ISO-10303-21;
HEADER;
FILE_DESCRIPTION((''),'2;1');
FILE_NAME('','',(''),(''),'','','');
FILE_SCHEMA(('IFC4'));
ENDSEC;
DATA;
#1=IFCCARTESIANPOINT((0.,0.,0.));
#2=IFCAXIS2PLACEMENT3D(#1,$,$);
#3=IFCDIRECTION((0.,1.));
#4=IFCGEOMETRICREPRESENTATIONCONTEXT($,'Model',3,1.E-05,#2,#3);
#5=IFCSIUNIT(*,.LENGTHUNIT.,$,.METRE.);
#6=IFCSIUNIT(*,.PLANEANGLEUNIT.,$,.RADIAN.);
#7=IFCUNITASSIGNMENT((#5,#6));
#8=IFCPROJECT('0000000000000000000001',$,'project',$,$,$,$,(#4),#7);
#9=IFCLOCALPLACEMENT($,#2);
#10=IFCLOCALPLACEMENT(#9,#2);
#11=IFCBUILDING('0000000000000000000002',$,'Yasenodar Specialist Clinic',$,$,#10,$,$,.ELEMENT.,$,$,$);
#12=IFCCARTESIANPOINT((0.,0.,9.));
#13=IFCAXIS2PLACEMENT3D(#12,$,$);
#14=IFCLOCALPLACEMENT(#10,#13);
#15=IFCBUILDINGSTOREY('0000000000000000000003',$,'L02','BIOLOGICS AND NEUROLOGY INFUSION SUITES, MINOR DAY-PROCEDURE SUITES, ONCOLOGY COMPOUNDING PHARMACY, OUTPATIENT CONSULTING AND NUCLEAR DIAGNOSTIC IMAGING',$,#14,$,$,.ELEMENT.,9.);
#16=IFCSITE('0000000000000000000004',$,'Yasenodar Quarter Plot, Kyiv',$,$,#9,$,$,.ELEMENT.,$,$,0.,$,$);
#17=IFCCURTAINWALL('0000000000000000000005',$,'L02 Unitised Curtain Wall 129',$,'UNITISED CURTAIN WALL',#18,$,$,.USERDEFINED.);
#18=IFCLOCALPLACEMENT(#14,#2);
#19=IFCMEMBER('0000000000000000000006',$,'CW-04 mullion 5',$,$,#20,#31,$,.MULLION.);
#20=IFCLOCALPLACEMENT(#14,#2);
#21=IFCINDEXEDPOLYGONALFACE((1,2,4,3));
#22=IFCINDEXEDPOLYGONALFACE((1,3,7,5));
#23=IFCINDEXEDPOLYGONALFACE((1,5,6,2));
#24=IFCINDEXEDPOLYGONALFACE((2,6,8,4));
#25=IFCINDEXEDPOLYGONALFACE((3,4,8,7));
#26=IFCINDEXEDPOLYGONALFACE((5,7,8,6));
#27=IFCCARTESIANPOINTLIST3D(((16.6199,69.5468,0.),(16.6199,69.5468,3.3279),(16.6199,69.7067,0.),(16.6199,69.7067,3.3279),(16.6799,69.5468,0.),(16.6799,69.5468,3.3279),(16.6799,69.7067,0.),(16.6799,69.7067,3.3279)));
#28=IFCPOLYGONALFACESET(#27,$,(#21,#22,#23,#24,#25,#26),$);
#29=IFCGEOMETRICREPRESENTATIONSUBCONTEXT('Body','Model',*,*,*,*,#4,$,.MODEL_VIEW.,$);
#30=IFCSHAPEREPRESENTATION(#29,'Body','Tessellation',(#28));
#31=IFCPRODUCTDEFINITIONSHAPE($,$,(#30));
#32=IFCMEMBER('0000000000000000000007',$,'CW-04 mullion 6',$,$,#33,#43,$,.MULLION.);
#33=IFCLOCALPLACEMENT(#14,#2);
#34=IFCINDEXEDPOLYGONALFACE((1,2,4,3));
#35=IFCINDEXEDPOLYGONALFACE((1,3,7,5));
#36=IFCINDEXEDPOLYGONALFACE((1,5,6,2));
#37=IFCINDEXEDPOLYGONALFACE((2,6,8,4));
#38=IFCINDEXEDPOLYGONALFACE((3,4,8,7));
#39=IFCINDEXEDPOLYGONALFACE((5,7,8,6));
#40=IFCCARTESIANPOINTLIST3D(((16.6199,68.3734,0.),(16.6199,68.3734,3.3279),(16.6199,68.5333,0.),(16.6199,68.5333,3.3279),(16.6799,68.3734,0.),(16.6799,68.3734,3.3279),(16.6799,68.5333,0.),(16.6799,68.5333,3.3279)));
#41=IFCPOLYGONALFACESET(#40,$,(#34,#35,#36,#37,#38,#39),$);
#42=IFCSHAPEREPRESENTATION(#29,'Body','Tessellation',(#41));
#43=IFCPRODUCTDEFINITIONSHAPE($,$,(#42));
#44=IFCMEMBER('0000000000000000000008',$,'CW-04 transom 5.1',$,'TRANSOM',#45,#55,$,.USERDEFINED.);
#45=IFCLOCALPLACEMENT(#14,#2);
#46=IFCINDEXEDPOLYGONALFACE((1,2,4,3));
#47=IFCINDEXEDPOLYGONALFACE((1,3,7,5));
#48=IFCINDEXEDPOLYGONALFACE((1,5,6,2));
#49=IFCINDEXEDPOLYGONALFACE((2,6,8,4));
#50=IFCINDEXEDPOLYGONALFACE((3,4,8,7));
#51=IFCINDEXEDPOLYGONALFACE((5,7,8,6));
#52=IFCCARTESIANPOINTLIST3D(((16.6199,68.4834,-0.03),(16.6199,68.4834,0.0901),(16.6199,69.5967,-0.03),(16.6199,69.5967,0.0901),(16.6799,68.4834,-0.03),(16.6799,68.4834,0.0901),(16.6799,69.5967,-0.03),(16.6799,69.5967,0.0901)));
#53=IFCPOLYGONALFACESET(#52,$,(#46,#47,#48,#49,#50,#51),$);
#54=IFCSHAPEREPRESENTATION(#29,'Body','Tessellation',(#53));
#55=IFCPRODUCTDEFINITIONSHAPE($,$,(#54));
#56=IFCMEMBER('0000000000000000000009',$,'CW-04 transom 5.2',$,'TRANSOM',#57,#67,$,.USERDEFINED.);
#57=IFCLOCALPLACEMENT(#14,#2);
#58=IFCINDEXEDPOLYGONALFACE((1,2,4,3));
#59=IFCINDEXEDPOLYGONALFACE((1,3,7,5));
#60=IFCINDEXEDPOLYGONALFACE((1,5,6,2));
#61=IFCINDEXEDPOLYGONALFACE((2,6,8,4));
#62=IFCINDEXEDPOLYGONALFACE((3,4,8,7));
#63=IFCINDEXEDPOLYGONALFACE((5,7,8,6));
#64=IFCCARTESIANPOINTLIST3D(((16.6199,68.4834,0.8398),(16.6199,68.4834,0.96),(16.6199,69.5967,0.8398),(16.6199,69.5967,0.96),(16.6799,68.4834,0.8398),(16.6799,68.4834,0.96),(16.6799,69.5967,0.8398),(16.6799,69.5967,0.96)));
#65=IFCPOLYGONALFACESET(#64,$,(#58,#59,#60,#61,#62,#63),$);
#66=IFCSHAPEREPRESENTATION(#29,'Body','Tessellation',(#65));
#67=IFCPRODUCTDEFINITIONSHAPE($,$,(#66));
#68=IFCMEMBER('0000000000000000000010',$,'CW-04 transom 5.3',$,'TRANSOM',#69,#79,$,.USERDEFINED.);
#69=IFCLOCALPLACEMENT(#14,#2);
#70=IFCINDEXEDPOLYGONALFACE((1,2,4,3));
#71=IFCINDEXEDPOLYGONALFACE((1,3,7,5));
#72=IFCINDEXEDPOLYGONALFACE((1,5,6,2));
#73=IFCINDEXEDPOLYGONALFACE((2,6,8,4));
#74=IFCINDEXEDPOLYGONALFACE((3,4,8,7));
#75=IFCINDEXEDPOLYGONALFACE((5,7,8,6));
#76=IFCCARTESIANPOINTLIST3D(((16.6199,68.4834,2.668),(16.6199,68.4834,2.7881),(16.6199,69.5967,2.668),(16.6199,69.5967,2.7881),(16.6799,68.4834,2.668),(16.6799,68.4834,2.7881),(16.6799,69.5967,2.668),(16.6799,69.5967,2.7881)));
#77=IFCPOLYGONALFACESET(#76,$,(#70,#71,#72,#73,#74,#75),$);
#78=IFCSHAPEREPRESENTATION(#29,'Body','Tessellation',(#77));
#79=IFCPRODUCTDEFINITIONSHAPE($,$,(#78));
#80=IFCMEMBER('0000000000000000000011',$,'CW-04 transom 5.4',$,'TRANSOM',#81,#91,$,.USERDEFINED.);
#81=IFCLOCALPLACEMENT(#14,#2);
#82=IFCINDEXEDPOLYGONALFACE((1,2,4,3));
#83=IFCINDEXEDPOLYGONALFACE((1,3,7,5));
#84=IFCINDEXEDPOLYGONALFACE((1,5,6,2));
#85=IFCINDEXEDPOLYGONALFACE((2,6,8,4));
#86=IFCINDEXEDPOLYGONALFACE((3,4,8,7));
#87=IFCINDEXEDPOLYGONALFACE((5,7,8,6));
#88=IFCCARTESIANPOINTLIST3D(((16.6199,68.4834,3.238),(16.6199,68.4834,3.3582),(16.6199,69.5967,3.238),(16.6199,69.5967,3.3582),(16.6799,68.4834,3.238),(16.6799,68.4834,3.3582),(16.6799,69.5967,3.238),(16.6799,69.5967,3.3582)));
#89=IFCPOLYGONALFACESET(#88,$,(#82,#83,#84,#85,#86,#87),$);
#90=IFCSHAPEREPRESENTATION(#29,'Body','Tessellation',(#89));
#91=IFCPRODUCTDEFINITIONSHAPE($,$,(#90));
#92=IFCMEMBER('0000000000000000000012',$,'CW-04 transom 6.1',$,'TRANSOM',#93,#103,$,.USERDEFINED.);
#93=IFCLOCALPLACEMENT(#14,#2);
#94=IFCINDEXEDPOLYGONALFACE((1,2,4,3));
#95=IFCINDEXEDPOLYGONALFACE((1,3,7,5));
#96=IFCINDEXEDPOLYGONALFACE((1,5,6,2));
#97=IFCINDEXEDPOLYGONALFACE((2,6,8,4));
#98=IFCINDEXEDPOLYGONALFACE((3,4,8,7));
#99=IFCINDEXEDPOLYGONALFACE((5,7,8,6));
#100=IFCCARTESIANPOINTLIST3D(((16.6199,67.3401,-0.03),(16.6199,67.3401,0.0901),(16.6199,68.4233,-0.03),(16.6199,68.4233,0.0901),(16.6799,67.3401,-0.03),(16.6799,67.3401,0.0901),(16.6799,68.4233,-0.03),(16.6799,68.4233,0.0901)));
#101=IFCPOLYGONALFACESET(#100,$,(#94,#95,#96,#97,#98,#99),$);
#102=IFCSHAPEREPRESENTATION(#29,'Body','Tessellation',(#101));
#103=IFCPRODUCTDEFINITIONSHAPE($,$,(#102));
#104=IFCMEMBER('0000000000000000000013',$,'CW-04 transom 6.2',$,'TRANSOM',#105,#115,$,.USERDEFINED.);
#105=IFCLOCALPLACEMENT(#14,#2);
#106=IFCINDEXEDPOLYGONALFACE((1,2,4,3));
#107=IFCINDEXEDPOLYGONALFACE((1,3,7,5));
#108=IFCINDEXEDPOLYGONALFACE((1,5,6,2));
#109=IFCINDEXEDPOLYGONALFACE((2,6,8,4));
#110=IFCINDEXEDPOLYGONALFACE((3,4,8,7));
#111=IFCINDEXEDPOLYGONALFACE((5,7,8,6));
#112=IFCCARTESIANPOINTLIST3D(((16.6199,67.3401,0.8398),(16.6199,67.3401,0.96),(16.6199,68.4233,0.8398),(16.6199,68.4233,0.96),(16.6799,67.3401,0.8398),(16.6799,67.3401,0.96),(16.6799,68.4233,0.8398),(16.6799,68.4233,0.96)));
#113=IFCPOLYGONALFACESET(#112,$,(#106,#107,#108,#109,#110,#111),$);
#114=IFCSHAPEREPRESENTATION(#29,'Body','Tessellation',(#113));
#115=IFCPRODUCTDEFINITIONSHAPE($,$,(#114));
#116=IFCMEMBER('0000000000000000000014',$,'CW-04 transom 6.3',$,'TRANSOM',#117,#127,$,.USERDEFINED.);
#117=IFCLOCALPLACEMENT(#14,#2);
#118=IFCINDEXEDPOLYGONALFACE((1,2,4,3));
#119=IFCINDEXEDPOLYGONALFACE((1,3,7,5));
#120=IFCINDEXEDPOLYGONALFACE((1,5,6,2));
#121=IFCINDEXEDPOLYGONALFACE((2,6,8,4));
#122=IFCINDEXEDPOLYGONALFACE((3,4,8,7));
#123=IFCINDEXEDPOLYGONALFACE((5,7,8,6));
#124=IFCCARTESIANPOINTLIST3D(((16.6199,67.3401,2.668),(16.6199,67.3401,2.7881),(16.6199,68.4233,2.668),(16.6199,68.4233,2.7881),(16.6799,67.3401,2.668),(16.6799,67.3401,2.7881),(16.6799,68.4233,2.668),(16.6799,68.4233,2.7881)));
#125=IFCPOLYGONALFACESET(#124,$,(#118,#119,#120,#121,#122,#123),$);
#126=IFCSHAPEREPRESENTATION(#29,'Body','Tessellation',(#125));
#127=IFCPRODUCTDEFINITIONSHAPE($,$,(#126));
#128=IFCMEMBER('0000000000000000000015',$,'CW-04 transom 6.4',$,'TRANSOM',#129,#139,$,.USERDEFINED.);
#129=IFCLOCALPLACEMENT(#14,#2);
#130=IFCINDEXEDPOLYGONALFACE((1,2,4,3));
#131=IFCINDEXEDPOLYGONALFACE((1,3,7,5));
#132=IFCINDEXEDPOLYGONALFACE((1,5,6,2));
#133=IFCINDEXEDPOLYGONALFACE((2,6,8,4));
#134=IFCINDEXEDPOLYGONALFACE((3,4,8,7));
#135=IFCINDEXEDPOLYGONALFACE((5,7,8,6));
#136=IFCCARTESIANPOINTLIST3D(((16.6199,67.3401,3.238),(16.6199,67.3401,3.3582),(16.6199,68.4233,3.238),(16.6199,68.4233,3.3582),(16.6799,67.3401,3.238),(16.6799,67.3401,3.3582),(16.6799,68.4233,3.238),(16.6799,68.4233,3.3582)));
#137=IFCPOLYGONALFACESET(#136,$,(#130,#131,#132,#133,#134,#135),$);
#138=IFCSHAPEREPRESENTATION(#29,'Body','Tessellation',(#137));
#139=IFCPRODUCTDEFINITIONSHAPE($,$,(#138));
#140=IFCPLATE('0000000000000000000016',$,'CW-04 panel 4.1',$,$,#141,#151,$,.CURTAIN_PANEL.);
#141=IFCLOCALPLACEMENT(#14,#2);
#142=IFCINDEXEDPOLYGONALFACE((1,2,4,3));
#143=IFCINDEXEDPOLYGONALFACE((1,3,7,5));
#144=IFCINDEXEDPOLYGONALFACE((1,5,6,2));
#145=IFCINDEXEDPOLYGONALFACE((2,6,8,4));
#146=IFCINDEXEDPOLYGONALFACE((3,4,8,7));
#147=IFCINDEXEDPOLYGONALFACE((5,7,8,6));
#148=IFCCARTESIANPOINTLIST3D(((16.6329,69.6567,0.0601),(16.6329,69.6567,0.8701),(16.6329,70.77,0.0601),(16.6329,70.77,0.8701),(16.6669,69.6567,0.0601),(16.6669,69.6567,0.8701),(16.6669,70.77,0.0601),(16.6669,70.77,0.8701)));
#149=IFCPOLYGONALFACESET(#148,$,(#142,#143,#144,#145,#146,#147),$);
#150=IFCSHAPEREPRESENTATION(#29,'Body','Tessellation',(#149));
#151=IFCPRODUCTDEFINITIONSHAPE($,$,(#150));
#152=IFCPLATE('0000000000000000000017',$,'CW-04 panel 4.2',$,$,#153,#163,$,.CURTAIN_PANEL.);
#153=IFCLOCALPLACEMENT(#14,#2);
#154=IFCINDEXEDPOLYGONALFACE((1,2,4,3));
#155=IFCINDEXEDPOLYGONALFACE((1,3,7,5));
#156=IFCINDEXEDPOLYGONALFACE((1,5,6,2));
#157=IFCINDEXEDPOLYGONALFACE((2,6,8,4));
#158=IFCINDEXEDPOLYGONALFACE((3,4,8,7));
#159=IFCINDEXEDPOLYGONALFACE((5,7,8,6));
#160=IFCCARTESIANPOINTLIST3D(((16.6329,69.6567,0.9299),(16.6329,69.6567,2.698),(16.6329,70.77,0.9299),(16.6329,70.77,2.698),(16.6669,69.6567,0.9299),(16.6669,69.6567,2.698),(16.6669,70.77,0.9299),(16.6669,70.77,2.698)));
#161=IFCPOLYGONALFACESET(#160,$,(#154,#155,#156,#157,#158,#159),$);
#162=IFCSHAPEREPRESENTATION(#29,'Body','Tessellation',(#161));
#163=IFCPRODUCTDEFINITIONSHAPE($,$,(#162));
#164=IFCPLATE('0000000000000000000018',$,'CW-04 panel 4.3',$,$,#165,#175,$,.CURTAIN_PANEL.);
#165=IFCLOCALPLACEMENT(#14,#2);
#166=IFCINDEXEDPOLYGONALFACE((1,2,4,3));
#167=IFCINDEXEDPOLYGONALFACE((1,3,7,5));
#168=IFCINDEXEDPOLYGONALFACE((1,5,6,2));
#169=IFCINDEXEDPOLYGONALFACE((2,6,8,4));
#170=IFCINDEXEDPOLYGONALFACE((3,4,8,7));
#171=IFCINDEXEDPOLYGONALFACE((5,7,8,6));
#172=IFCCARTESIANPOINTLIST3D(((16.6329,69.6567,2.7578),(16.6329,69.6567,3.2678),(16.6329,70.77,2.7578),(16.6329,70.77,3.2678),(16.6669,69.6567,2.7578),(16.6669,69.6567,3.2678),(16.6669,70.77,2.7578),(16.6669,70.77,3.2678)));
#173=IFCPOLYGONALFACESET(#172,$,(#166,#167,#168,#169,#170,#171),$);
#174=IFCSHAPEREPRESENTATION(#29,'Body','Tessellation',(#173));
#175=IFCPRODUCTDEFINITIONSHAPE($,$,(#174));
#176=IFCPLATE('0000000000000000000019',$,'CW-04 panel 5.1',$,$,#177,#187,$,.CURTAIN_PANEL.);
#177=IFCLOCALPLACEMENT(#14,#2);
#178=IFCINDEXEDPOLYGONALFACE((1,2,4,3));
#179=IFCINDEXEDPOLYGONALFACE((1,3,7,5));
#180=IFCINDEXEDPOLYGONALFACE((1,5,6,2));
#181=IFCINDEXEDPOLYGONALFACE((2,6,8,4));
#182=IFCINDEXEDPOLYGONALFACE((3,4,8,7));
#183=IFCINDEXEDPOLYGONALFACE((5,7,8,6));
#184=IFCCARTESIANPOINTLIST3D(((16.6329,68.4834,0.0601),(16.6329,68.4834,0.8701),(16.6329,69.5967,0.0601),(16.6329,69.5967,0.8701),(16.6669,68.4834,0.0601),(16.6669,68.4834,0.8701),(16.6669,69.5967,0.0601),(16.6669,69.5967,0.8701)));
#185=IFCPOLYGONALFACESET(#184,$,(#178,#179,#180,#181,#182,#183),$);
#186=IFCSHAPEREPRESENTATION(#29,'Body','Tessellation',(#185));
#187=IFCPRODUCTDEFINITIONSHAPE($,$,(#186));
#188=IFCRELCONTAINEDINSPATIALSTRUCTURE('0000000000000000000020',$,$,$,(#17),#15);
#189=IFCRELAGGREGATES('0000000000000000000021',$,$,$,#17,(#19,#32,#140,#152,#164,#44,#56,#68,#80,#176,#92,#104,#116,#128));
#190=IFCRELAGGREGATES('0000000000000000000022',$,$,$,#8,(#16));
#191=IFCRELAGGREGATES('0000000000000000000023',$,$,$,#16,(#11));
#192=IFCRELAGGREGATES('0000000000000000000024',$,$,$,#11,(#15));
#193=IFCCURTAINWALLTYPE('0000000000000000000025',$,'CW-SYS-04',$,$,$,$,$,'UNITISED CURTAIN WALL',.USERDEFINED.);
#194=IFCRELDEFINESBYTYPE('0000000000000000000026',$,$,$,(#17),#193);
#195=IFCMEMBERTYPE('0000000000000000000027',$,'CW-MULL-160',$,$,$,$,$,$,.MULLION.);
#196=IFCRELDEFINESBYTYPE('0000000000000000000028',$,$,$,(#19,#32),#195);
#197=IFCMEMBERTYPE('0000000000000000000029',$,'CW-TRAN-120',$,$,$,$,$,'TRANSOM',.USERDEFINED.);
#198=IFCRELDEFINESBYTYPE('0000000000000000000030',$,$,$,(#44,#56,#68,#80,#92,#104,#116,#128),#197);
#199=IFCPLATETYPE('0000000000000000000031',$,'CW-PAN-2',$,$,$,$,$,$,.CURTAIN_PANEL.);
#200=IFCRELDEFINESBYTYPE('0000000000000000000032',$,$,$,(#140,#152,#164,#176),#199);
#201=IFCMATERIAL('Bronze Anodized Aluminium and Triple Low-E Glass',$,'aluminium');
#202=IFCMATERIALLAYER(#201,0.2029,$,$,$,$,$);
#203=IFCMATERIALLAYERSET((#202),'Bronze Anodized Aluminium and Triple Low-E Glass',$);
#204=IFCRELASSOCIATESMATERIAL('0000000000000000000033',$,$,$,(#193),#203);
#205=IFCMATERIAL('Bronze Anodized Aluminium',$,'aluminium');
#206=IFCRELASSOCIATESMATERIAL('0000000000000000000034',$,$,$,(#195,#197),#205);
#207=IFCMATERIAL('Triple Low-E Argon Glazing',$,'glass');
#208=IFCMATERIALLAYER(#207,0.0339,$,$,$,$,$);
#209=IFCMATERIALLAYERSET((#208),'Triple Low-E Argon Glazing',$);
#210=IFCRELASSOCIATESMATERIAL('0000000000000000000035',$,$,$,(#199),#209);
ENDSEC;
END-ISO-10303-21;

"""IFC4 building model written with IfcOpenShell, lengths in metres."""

from ifc_helpers import new_model, si_unit, direction, frame, origin, origin_2d, place, context, subcontext, project, spatial, rectangle, extrude, material, layer, layer_set, material_profile, profile_set, type_object, element, aggregate, save


model = new_model("IFC4")

# Units and contexts
model_context = context("Model", 3, precision=1e-05, world=origin(), true_north=direction((0.0, 1.0)))
body_context = subcontext(model_context, "Body", "Model", "MODEL_VIEW")
ifc_project = project(units=[si_unit("LENGTHUNIT", "METRE"), si_unit("PLANEANGLEUNIT", "RADIAN")], contexts=[model_context])

# Site, building, storey
site_placement = place(None, origin())
site = spatial("IfcSite", under=ifc_project, at=site_placement, Name="Yasenodar Quarter Plot, Kyiv", CompositionType="ELEMENT", RefElevation=0.0)
building_placement = place(site_placement, origin())
building = spatial("IfcBuilding", under=site, at=building_placement, Name="Yasenodar Specialist Clinic", CompositionType="ELEMENT")
storey_placement = place(building_placement, frame((0.0, 0.0, 9.0)))
storey = spatial("IfcBuildingStorey", under=building, at=storey_placement, Name="L02", Description="BIOLOGICS AND NEUROLOGY INFUSION SUITES, MINOR DAY-PROCEDURE SUITES, ONCOLOGY COMPOUNDING PHARMACY, OUTPATIENT CONSULTING AND NUCLEAR DIAGNOSTIC IMAGING", CompositionType="ELEMENT", Elevation=9.0)

# Curtain wall, members, plates
ifc_material_1 = material(Name="Bronze Anodized Aluminium and Triple Low-E Glass", Category="aluminium")
ifc_layer_1 = layer(ifc_material_1, 0.2029)
ifc_layer_set_1 = layer_set([ifc_layer_1], Name="Bronze Anodized Aluminium and Triple Low-E Glass")
curtain_wall_type = type_object("IfcCurtainWallType", Name="CW-SYS-04", ElementType="UNITISED CURTAIN WALL", PredefinedType="USERDEFINED", material=ifc_layer_set_1)
curtain_wall_placement = place(storey_placement, origin())
curtain_wall = element("IfcCurtainWall", 1, at=curtain_wall_placement, inside=storey, type_object=curtain_wall_type, Name="L02 Unitised Curtain Wall 129", ObjectType="UNITISED CURTAIN WALL", PredefinedType="USERDEFINED")
ifc_material_2 = material(Name="Bronze Anodized Aluminium", Category="aluminium")
ifc_material_profile_1 = material_profile(ifc_material_2, rectangle(XDim=0.0601, YDim=0.1599, at=origin_2d()), Name="CW-MULL 60x160")
ifc_profile_set_1 = profile_set([ifc_material_profile_1], Name="Bronze Anodized Aluminium")
member_type_1 = type_object("IfcMemberType", Name="CW-MULL-160", PredefinedType="MULLION", material=ifc_profile_set_1)
member_1_placement = place(storey_placement, frame((16.6499, 69.6267, 0.0), z_axis=(0.0, 0.0, 1.0), x_axis=(1.0, 0.0, 0.0)))
member_1 = element("IfcMember", 2, at=member_1_placement, type_object=member_type_1, Name="CW-04 mullion 5", PredefinedType="MULLION", context=body_context, shape_type="SweptSolid", body=[
    extrude(rectangle(XDim=0.0601, YDim=0.1599, at=origin_2d()), origin(), (0.0, 0.0, 1.0), 3.3279),
])
member_2_placement = place(storey_placement, frame((16.6499, 68.4534, 0.0), z_axis=(0.0, 0.0, 1.0), x_axis=(1.0, 0.0, 0.0)))
member_2 = element("IfcMember", 3, at=member_2_placement, type_object=member_type_1, Name="CW-04 mullion 6", PredefinedType="MULLION", context=body_context, shape_type="SweptSolid", body=[
    extrude(rectangle(XDim=0.0601, YDim=0.1599, at=origin_2d()), origin(), (0.0, 0.0, 1.0), 3.3279),
])
ifc_material_profile_2 = material_profile(ifc_material_2, rectangle(XDim=0.0601, YDim=0.1201, at=origin_2d()), Name="CW-TRAN 60x120")
ifc_profile_set_2 = profile_set([ifc_material_profile_2], Name="Bronze Anodized Aluminium")
member_type_2 = type_object("IfcMemberType", Name="CW-TRAN-120", ElementType="TRANSOM", PredefinedType="USERDEFINED", material=ifc_profile_set_2)
member_3_placement = place(storey_placement, frame((16.6499, 69.5967, 0.03), z_axis=(0.0, -1.0, 0.0), x_axis=(1.0, 0.0, 0.0)))
member_3 = element("IfcMember", 4, at=member_3_placement, type_object=member_type_2, Name="CW-04 transom 5.1", ObjectType="TRANSOM", PredefinedType="USERDEFINED", context=body_context, shape_type="SweptSolid", body=[
    extrude(rectangle(XDim=0.0601, YDim=0.1201, at=origin_2d()), origin(), (0.0, 0.0, 1.0), 1.1133),
])
member_4_placement = place(storey_placement, frame((16.6499, 69.5967, 0.8999), z_axis=(0.0, -1.0, 0.0), x_axis=(1.0, 0.0, 0.0)))
member_4 = element("IfcMember", 5, at=member_4_placement, type_object=member_type_2, Name="CW-04 transom 5.2", ObjectType="TRANSOM", PredefinedType="USERDEFINED", context=body_context, shape_type="SweptSolid", body=[
    extrude(rectangle(XDim=0.0601, YDim=0.1201, at=origin_2d()), origin(), (0.0, 0.0, 1.0), 1.1133),
])
member_5_placement = place(storey_placement, frame((16.6499, 69.5967, 2.728), z_axis=(0.0, -1.0, 0.0), x_axis=(1.0, 0.0, 0.0)))
member_5 = element("IfcMember", 6, at=member_5_placement, type_object=member_type_2, Name="CW-04 transom 5.3", ObjectType="TRANSOM", PredefinedType="USERDEFINED", context=body_context, shape_type="SweptSolid", body=[
    extrude(rectangle(XDim=0.0601, YDim=0.1201, at=origin_2d()), origin(), (0.0, 0.0, 1.0), 1.1133),
])
member_6_placement = place(storey_placement, frame((16.6499, 69.5967, 3.2981), z_axis=(0.0, -1.0, 0.0), x_axis=(1.0, 0.0, 0.0)))
member_6 = element("IfcMember", 7, at=member_6_placement, type_object=member_type_2, Name="CW-04 transom 5.4", ObjectType="TRANSOM", PredefinedType="USERDEFINED", context=body_context, shape_type="SweptSolid", body=[
    extrude(rectangle(XDim=0.0601, YDim=0.1201, at=origin_2d()), origin(), (0.0, 0.0, 1.0), 1.1133),
])
member_7_placement = place(storey_placement, frame((16.6499, 68.4233, 0.03), z_axis=(0.0, -1.0, 0.0), x_axis=(1.0, 0.0, 0.0)))
member_7 = element("IfcMember", 8, at=member_7_placement, type_object=member_type_2, Name="CW-04 transom 6.1", ObjectType="TRANSOM", PredefinedType="USERDEFINED", context=body_context, shape_type="SweptSolid", body=[
    extrude(rectangle(XDim=0.0601, YDim=0.1201, at=origin_2d()), origin(), (0.0, 0.0, 1.0), 1.0833),
])
member_8_placement = place(storey_placement, frame((16.6499, 68.4233, 0.8999), z_axis=(0.0, -1.0, 0.0), x_axis=(1.0, 0.0, 0.0)))
member_8 = element("IfcMember", 9, at=member_8_placement, type_object=member_type_2, Name="CW-04 transom 6.2", ObjectType="TRANSOM", PredefinedType="USERDEFINED", context=body_context, shape_type="SweptSolid", body=[
    extrude(rectangle(XDim=0.0601, YDim=0.1201, at=origin_2d()), origin(), (0.0, 0.0, 1.0), 1.0833),
])
member_9_placement = place(storey_placement, frame((16.6499, 68.4233, 2.728), z_axis=(0.0, -1.0, 0.0), x_axis=(1.0, 0.0, 0.0)))
member_9 = element("IfcMember", 10, at=member_9_placement, type_object=member_type_2, Name="CW-04 transom 6.3", ObjectType="TRANSOM", PredefinedType="USERDEFINED", context=body_context, shape_type="SweptSolid", body=[
    extrude(rectangle(XDim=0.0601, YDim=0.1201, at=origin_2d()), origin(), (0.0, 0.0, 1.0), 1.0833),
])
member_10_placement = place(storey_placement, frame((16.6499, 68.4233, 3.2981), z_axis=(0.0, -1.0, 0.0), x_axis=(1.0, 0.0, 0.0)))
member_10 = element("IfcMember", 11, at=member_10_placement, type_object=member_type_2, Name="CW-04 transom 6.4", ObjectType="TRANSOM", PredefinedType="USERDEFINED", context=body_context, shape_type="SweptSolid", body=[
    extrude(rectangle(XDim=0.0601, YDim=0.1201, at=origin_2d()), origin(), (0.0, 0.0, 1.0), 1.0833),
])
ifc_material_3 = material(Name="Triple Low-E Argon Glazing", Category="glass")
ifc_layer_2 = layer(ifc_material_3, 0.0339)
ifc_layer_set_2 = layer_set([ifc_layer_2], Name="Triple Low-E Argon Glazing")
plate_type = type_object("IfcPlateType", Name="CW-PAN-2", PredefinedType="CURTAIN_PANEL", material=ifc_layer_set_2)
plate_1_placement = place(storey_placement, frame((16.6499, 70.2134, 0.0601), z_axis=(0.0, 0.0, 1.0), x_axis=(0.0, -1.0, 0.0)))
plate_1 = element("IfcPlate", 12, at=plate_1_placement, type_object=plate_type, Name="CW-04 panel 4.1", PredefinedType="CURTAIN_PANEL", context=body_context, shape_type="SweptSolid", body=[
    extrude(rectangle(XDim=1.1133, YDim=0.0339, at=origin_2d()), origin(), (0.0, 0.0, 1.0), 0.8101),
])
plate_2_placement = place(storey_placement, frame((16.6499, 70.2134, 0.9299), z_axis=(0.0, 0.0, 1.0), x_axis=(0.0, -1.0, 0.0)))
plate_2 = element("IfcPlate", 13, at=plate_2_placement, type_object=plate_type, Name="CW-04 panel 4.2", PredefinedType="CURTAIN_PANEL", context=body_context, shape_type="SweptSolid", body=[
    extrude(rectangle(XDim=1.1133, YDim=0.0339, at=origin_2d()), origin(), (0.0, 0.0, 1.0), 1.7681),
])
plate_3_placement = place(storey_placement, frame((16.6499, 70.2134, 2.7578), z_axis=(0.0, 0.0, 1.0), x_axis=(0.0, -1.0, 0.0)))
plate_3 = element("IfcPlate", 14, at=plate_3_placement, type_object=plate_type, Name="CW-04 panel 4.3", PredefinedType="CURTAIN_PANEL", context=body_context, shape_type="SweptSolid", body=[
    extrude(rectangle(XDim=1.1133, YDim=0.0339, at=origin_2d()), origin(), (0.0, 0.0, 1.0), 0.51),
])
plate_4_placement = place(storey_placement, frame((16.6499, 69.04, 0.0601), z_axis=(0.0, 0.0, 1.0), x_axis=(0.0, -1.0, 0.0)))
plate_4 = element("IfcPlate", 15, at=plate_4_placement, type_object=plate_type, Name="CW-04 panel 5.1", PredefinedType="CURTAIN_PANEL", context=body_context, shape_type="SweptSolid", body=[
    extrude(rectangle(XDim=1.1133, YDim=0.0339, at=origin_2d()), origin(), (0.0, 0.0, 1.0), 0.8101),
])
aggregate(curtain_wall, [member_1, member_2, plate_1, plate_2, plate_3, member_3, member_4, member_5, member_6, plate_4, member_7, member_8, member_9, member_10])

save(model, "model.ifc")
